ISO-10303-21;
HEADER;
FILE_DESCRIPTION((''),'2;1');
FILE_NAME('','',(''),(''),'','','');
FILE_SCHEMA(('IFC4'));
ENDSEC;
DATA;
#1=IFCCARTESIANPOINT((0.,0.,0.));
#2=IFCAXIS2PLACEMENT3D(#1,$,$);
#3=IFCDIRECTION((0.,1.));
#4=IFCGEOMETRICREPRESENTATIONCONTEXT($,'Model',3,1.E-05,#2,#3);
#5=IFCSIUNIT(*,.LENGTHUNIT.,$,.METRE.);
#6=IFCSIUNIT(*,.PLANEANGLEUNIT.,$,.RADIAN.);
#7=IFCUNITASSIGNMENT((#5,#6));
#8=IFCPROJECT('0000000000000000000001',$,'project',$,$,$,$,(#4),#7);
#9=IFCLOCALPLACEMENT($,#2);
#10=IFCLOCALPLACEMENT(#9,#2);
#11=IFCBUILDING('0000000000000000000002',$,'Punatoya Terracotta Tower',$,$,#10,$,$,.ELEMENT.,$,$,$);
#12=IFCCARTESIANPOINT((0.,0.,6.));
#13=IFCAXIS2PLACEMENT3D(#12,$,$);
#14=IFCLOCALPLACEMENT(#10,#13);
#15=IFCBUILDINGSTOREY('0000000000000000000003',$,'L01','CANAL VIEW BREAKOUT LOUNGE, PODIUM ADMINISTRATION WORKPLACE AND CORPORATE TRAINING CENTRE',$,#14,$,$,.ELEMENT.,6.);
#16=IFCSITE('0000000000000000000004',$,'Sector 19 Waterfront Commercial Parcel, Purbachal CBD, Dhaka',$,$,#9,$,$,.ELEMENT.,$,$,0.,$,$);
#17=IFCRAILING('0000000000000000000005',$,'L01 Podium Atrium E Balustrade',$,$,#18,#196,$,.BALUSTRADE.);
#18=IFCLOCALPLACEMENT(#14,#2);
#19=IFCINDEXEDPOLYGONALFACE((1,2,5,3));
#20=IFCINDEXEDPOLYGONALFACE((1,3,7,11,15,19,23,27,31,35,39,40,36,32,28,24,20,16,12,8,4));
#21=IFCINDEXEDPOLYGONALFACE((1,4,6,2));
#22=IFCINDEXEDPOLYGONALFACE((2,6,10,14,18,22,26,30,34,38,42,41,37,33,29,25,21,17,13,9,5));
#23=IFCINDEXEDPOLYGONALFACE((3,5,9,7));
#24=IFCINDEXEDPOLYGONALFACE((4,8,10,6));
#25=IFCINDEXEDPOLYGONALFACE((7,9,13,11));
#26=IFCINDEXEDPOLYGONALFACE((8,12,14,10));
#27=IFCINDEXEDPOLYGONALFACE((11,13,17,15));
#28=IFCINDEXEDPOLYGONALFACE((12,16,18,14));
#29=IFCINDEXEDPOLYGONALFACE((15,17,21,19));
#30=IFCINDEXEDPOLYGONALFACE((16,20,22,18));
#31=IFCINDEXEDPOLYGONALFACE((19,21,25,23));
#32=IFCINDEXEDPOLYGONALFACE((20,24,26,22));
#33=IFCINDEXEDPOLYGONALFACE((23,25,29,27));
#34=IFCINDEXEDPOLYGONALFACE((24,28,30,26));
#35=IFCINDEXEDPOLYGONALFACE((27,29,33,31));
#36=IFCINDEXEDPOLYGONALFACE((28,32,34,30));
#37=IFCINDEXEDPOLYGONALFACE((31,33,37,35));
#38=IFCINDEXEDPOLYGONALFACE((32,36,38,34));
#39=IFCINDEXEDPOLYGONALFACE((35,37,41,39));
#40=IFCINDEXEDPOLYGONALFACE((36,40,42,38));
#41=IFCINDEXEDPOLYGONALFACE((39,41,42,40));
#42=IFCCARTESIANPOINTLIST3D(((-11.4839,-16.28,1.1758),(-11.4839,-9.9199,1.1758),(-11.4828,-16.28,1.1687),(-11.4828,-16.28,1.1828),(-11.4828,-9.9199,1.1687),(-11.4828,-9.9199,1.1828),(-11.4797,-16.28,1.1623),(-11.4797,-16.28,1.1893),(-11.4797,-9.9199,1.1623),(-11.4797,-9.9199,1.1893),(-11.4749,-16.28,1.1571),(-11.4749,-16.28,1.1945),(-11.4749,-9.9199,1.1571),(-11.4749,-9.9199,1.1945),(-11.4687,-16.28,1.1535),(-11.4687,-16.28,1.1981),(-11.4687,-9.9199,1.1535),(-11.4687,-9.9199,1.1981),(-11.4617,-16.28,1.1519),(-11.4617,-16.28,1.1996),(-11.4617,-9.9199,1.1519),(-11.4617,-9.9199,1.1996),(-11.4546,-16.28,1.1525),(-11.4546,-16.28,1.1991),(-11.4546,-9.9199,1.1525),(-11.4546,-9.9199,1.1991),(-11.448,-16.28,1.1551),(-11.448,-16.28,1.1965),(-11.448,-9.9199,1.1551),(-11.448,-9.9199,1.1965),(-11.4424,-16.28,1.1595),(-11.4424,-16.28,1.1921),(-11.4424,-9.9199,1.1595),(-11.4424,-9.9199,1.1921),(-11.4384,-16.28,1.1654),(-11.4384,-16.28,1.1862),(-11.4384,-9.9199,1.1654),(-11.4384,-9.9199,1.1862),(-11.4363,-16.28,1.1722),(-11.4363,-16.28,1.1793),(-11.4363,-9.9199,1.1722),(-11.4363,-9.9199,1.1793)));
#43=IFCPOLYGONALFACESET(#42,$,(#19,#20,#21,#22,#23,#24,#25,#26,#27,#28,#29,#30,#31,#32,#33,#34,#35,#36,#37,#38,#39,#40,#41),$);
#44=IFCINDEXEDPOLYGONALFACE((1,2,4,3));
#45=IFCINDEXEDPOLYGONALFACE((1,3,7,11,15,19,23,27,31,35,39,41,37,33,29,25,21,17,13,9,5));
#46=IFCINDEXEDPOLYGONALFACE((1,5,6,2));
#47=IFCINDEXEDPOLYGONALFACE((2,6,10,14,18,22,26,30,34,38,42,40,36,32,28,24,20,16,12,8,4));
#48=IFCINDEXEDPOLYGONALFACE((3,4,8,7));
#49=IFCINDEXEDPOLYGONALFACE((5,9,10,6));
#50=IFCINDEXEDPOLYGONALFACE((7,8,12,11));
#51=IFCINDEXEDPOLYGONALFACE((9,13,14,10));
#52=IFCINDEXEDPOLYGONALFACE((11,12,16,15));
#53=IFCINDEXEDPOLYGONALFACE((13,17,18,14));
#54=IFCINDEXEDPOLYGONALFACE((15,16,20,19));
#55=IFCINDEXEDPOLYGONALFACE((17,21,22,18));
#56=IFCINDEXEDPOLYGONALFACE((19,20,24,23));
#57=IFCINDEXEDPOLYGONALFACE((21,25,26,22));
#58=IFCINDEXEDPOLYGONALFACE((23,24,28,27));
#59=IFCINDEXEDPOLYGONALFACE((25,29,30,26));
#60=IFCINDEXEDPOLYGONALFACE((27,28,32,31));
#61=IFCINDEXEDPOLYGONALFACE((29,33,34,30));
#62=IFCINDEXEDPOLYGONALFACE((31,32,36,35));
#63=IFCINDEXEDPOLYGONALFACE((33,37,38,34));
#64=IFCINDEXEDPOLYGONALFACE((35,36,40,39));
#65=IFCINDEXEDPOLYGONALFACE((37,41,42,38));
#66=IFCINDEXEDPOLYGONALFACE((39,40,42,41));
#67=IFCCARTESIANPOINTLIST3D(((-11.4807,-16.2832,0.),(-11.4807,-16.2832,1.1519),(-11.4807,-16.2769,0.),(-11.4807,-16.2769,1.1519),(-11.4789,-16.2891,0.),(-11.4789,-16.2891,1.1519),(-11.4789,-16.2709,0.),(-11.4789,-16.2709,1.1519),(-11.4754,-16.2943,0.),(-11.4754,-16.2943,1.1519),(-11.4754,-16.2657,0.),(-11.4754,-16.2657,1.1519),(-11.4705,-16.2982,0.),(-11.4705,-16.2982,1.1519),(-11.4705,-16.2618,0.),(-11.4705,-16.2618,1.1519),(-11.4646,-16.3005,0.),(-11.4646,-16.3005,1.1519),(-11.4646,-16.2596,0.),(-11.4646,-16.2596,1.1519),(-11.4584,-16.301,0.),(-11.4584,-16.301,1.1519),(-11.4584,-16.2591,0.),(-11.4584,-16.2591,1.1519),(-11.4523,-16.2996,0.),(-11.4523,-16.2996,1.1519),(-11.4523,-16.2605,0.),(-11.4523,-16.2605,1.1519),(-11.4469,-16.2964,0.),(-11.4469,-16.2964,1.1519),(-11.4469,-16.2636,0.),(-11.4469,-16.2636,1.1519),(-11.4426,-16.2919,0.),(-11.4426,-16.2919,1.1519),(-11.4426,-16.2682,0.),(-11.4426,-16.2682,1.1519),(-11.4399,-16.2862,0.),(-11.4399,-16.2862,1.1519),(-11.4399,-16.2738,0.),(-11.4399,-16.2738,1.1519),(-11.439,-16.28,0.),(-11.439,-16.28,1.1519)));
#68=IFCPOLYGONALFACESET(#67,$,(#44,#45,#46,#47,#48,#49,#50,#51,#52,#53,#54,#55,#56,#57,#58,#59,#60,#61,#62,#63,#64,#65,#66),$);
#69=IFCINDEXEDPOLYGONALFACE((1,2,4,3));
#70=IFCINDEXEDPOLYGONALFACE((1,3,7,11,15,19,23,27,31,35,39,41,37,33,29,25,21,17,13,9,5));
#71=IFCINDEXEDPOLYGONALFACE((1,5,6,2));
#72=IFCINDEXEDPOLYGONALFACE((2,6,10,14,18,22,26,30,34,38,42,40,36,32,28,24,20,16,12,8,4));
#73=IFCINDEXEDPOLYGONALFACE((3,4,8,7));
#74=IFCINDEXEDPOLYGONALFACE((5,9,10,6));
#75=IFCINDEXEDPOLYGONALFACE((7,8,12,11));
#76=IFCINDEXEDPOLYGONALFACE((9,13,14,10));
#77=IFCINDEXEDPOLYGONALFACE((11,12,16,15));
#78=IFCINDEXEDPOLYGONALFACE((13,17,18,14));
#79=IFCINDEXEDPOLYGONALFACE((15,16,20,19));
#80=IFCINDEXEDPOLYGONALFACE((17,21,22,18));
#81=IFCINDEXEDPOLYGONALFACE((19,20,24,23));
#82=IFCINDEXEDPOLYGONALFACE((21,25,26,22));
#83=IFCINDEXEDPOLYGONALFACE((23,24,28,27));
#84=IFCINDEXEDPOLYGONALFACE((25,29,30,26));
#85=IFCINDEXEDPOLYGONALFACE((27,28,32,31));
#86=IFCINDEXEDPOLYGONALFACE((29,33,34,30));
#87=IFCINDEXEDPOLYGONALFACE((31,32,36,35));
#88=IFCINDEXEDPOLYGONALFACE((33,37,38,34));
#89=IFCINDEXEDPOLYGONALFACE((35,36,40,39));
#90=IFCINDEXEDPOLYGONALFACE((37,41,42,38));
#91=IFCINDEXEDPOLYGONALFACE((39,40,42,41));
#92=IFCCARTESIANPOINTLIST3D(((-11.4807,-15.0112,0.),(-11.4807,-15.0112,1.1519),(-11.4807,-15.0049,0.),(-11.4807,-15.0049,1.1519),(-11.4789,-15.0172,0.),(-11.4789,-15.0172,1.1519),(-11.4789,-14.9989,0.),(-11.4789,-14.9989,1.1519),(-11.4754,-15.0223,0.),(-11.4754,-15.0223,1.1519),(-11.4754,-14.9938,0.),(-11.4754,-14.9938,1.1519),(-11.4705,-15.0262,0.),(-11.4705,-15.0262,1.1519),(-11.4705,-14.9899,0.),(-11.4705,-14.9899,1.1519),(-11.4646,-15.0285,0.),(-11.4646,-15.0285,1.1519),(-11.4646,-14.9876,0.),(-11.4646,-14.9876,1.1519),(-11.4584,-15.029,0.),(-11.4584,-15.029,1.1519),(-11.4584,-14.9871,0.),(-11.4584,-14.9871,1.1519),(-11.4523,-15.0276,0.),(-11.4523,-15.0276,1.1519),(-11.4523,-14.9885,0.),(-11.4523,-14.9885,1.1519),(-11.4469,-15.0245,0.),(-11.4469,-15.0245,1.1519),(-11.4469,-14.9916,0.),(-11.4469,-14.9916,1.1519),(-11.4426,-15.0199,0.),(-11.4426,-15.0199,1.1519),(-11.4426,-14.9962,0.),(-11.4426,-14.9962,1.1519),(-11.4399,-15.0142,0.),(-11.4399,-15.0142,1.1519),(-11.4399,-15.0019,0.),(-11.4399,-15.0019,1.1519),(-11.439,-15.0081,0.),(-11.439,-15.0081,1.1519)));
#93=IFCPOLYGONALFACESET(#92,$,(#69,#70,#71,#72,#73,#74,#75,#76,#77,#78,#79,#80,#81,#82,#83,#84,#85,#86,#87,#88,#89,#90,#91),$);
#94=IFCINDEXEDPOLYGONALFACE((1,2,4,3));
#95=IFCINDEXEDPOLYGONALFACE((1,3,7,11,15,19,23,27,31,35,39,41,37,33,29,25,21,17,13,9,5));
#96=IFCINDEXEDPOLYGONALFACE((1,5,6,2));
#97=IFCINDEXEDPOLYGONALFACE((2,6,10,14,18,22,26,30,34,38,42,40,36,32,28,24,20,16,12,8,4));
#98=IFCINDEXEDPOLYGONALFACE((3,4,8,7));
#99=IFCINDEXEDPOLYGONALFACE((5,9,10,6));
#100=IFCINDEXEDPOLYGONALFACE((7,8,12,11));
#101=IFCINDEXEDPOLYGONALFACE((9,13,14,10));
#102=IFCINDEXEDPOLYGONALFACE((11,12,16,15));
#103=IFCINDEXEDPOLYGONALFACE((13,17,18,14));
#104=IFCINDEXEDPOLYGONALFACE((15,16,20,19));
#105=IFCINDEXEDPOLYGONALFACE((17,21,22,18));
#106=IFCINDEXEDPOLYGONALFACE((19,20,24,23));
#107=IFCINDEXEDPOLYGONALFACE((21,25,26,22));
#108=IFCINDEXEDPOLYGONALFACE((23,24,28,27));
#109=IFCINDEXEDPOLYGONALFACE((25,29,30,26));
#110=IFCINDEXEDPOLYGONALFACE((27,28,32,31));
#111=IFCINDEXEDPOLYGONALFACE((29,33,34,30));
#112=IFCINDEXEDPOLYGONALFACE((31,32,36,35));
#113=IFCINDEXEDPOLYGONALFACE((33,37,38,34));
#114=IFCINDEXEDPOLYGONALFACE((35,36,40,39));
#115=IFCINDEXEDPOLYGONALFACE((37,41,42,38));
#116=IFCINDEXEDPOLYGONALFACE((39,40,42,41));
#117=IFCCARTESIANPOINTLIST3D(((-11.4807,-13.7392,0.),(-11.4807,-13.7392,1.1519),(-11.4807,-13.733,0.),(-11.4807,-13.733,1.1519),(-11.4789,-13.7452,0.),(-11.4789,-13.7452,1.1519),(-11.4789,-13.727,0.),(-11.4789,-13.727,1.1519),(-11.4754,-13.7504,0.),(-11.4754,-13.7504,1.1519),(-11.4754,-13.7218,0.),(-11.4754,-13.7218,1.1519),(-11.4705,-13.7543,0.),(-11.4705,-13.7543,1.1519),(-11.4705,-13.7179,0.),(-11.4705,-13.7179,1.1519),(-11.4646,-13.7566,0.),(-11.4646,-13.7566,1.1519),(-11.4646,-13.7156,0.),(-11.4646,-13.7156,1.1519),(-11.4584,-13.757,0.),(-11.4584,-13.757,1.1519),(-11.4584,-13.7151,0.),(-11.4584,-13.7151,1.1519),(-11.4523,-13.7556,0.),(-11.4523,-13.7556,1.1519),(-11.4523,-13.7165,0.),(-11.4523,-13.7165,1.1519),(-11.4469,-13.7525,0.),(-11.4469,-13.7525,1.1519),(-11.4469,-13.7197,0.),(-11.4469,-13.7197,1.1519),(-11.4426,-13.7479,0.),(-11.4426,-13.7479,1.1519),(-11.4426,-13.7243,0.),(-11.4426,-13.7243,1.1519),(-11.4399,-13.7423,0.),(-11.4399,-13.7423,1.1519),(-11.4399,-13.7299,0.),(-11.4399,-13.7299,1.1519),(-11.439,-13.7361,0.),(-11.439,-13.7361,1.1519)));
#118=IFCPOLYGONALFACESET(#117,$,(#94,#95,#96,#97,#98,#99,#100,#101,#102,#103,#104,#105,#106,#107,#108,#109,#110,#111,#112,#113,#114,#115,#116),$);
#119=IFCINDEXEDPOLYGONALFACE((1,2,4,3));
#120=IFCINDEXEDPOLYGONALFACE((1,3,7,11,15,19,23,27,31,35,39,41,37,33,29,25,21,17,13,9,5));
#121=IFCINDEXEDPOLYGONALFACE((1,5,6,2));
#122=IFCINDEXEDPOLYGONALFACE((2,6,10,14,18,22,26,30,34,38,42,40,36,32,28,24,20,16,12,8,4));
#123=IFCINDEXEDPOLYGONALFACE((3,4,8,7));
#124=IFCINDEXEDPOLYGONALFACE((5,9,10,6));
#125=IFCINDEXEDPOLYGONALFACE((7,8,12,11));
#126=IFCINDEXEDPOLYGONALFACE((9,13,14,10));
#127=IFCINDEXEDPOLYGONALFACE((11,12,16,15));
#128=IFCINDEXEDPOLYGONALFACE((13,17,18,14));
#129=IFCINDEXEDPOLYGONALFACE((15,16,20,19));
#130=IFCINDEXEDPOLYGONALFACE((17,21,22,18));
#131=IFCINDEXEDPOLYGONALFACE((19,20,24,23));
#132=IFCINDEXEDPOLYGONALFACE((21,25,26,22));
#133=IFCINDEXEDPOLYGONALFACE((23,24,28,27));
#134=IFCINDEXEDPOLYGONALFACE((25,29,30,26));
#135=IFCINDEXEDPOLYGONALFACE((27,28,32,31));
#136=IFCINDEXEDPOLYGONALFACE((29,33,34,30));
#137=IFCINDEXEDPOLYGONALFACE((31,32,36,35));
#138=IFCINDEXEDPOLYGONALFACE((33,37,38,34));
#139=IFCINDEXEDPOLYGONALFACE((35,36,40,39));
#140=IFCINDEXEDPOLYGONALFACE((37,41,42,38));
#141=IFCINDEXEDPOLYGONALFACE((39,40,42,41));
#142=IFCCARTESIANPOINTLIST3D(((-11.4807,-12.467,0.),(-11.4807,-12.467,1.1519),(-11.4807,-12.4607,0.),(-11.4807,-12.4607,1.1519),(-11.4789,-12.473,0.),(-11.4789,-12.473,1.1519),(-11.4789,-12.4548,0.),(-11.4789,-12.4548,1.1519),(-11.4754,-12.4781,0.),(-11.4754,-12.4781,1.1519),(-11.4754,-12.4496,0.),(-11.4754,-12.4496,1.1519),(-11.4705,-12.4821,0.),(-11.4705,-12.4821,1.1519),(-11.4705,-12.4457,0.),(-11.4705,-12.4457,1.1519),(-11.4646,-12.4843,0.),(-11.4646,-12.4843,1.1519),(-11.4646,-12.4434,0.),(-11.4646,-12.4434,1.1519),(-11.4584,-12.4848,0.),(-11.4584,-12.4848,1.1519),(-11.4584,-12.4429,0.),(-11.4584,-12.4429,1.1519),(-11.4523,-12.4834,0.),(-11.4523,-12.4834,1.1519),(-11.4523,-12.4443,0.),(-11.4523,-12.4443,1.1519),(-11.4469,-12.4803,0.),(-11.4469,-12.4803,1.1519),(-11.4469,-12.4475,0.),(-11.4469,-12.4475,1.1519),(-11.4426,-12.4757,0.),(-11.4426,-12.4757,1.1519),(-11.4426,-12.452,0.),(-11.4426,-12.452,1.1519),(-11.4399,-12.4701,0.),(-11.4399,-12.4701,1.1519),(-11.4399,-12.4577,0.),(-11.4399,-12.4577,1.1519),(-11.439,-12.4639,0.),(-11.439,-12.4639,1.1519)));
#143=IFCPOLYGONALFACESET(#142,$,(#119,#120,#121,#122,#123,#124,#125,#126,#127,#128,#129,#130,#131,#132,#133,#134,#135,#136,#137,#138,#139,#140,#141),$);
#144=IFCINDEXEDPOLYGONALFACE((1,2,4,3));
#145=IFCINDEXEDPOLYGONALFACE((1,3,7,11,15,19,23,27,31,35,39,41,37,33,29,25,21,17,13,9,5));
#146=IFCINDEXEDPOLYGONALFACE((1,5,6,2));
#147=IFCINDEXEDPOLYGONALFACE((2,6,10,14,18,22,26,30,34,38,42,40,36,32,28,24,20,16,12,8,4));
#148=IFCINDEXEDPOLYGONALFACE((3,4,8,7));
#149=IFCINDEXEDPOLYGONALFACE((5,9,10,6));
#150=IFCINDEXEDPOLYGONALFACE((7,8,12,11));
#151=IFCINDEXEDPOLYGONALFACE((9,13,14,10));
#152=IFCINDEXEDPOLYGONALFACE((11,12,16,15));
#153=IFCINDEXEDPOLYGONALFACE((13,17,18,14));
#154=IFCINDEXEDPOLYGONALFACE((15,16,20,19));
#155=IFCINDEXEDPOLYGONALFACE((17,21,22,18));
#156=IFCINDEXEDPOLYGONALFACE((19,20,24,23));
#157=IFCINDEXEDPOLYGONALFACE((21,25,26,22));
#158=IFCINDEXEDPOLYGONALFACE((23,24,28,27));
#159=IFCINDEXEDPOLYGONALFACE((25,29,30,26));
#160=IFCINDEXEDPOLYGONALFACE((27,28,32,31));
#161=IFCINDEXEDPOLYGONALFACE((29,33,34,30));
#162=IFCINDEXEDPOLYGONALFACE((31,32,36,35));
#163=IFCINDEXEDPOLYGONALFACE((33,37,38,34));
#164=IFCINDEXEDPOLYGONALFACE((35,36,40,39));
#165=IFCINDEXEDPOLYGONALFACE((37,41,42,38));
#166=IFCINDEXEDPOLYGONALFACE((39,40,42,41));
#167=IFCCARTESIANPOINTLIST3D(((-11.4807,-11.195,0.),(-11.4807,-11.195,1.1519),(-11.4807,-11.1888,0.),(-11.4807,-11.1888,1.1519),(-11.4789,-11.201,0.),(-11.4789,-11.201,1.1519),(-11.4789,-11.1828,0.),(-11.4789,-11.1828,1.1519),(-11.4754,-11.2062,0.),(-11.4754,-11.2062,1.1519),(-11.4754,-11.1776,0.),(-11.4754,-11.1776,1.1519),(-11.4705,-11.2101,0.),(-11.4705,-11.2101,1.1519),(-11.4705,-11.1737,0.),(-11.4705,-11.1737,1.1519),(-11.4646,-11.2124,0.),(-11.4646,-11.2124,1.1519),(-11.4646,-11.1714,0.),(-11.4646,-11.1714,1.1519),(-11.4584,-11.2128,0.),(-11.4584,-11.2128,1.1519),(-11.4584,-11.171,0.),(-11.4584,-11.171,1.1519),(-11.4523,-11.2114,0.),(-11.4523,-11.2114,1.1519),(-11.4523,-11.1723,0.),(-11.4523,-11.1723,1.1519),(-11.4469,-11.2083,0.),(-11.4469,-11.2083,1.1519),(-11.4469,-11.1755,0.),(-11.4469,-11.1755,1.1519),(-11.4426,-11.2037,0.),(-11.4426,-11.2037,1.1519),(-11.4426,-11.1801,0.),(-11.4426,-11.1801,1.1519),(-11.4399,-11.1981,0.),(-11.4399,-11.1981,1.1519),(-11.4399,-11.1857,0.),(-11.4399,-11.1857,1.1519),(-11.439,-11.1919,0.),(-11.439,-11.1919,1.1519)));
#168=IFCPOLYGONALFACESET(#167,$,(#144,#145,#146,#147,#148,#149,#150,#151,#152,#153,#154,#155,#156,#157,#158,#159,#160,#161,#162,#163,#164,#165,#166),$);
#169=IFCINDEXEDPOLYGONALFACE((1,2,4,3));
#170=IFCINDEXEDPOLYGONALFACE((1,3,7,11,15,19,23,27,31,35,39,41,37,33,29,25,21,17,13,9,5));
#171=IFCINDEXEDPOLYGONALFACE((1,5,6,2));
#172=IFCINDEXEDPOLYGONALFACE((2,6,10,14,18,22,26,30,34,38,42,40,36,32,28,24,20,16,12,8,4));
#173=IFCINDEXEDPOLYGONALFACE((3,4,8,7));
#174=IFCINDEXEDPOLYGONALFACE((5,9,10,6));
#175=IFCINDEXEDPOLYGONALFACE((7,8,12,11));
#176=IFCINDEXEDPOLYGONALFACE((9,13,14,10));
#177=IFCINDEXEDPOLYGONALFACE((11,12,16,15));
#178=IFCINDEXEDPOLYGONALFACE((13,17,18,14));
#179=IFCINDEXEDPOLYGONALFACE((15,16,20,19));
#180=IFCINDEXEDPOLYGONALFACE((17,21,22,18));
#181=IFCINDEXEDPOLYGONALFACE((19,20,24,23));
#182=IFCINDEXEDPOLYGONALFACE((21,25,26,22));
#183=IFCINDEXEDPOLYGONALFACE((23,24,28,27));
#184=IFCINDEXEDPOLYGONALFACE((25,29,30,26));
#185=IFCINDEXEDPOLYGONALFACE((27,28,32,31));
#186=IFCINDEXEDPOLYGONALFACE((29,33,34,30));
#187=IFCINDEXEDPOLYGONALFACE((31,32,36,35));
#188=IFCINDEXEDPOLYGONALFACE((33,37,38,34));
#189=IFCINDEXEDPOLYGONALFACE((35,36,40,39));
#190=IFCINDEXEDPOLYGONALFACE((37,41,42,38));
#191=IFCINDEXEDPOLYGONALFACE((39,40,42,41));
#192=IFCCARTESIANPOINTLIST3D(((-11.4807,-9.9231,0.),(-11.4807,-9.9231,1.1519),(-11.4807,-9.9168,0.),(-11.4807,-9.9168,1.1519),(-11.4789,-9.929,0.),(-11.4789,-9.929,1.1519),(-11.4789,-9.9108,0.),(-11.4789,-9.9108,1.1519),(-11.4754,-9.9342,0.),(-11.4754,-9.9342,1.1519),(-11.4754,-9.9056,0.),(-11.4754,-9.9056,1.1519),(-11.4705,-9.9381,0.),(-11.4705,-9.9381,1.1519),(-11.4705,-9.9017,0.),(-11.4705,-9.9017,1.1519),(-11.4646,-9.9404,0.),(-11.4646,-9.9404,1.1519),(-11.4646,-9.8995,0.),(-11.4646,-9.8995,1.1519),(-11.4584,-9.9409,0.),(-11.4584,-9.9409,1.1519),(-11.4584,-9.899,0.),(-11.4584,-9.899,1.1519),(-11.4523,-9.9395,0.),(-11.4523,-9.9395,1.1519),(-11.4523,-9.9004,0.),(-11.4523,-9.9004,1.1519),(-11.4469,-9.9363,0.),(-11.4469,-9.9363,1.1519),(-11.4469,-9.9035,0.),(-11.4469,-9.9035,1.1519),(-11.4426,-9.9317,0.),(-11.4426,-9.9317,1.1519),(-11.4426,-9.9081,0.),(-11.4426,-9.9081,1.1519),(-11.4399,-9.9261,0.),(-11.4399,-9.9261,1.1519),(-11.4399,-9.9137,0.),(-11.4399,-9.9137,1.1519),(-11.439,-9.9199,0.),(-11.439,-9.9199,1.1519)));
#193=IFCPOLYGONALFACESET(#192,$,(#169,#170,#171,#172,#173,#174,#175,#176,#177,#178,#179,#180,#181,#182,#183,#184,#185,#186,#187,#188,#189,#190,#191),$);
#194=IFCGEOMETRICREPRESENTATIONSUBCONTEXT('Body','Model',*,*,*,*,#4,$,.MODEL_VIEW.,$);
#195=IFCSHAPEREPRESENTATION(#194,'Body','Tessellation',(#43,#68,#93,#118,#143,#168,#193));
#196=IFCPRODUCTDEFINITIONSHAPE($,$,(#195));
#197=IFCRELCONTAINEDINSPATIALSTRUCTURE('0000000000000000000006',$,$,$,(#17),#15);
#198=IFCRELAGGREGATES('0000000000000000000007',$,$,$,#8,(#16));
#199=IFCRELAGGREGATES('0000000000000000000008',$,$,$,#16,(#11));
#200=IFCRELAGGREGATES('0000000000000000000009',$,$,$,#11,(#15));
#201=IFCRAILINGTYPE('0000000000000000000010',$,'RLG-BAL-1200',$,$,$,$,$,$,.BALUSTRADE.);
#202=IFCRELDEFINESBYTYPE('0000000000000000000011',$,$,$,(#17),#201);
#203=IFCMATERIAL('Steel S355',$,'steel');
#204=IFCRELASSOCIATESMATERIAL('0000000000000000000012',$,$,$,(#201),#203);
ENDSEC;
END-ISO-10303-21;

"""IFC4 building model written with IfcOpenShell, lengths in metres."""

from ifc_helpers import new_model, si_unit, direction, frame, origin, origin_2d, place, context, subcontext, project, spatial, circle, extrude, material, type_object, element, save


model = new_model("IFC4")

# Units and contexts
model_context = context("Model", 3, precision=1e-05, world=origin(), true_north=direction((0.0, 1.0)))
body_context = subcontext(model_context, "Body", "Model", "MODEL_VIEW")
ifc_project = project(units=[si_unit("LENGTHUNIT", "METRE"), si_unit("PLANEANGLEUNIT", "RADIAN")], contexts=[model_context])

# Site, building, storey
site_placement = place(None, origin())
site = spatial("IfcSite", under=ifc_project, at=site_placement, Name="Sector 19 Waterfront Commercial Parcel, Purbachal CBD, Dhaka", CompositionType="ELEMENT", RefElevation=0.0)
building_placement = place(site_placement, origin())
building = spatial("IfcBuilding", under=site, at=building_placement, Name="Punatoya Terracotta Tower", CompositionType="ELEMENT")
storey_placement = place(building_placement, frame((0.0, 0.0, 6.0)))
storey = spatial("IfcBuildingStorey", under=building, at=storey_placement, Name="L01", Description="CANAL VIEW BREAKOUT LOUNGE, PODIUM ADMINISTRATION WORKPLACE AND CORPORATE TRAINING CENTRE", CompositionType="ELEMENT", Elevation=6.0)

# Shared definitions
ifc_material_1 = material(Name="Steel S355", Category="steel")

# Railing
railing_type_1 = type_object("IfcRailingType", Name="RLG-BAL-1200", PredefinedType="BALUSTRADE", material=ifc_material_1)
railing_1_placement = place(storey_placement, frame((-11.46, -16.28, 0.0)))
element("IfcRailing", 1, at=railing_1_placement, inside=storey, type_object=railing_type_1, Name="L01 Podium Atrium E Balustrade", PredefinedType="BALUSTRADE", context=body_context, shape_type="SweptSolid", body=[
    extrude(circle(Radius=0.0239, at=origin_2d()), frame((0.0, 0.0, 1.1758), z_axis=(0.0, 1.0, 0.0), x_axis=(-1.0, 0.0, 0.0)), (0.0, 0.0, 1.0), 6.3601),
    extrude(circle(Radius=0.021, at=origin_2d()), origin(), (0.0, 0.0, 1.0), 1.1519),
    extrude(circle(Radius=0.021, at=origin_2d()), frame((0.0, 1.272, 0.0)), (0.0, 0.0, 1.0), 1.1519),
    extrude(circle(Radius=0.021, at=origin_2d()), frame((0.0, 2.5439, 0.0)), (0.0, 0.0, 1.0), 1.1519),
    extrude(circle(Radius=0.021, at=origin_2d()), frame((0.0, 3.8162, 0.0)), (0.0, 0.0, 1.0), 1.1519),
    extrude(circle(Radius=0.021, at=origin_2d()), frame((0.0, 5.0881, 0.0)), (0.0, 0.0, 1.0), 1.1519),
    extrude(circle(Radius=0.021, at=origin_2d()), frame((0.0, 6.3601, 0.0)), (0.0, 0.0, 1.0), 1.1519),
])

save(model, "model.ifc")
